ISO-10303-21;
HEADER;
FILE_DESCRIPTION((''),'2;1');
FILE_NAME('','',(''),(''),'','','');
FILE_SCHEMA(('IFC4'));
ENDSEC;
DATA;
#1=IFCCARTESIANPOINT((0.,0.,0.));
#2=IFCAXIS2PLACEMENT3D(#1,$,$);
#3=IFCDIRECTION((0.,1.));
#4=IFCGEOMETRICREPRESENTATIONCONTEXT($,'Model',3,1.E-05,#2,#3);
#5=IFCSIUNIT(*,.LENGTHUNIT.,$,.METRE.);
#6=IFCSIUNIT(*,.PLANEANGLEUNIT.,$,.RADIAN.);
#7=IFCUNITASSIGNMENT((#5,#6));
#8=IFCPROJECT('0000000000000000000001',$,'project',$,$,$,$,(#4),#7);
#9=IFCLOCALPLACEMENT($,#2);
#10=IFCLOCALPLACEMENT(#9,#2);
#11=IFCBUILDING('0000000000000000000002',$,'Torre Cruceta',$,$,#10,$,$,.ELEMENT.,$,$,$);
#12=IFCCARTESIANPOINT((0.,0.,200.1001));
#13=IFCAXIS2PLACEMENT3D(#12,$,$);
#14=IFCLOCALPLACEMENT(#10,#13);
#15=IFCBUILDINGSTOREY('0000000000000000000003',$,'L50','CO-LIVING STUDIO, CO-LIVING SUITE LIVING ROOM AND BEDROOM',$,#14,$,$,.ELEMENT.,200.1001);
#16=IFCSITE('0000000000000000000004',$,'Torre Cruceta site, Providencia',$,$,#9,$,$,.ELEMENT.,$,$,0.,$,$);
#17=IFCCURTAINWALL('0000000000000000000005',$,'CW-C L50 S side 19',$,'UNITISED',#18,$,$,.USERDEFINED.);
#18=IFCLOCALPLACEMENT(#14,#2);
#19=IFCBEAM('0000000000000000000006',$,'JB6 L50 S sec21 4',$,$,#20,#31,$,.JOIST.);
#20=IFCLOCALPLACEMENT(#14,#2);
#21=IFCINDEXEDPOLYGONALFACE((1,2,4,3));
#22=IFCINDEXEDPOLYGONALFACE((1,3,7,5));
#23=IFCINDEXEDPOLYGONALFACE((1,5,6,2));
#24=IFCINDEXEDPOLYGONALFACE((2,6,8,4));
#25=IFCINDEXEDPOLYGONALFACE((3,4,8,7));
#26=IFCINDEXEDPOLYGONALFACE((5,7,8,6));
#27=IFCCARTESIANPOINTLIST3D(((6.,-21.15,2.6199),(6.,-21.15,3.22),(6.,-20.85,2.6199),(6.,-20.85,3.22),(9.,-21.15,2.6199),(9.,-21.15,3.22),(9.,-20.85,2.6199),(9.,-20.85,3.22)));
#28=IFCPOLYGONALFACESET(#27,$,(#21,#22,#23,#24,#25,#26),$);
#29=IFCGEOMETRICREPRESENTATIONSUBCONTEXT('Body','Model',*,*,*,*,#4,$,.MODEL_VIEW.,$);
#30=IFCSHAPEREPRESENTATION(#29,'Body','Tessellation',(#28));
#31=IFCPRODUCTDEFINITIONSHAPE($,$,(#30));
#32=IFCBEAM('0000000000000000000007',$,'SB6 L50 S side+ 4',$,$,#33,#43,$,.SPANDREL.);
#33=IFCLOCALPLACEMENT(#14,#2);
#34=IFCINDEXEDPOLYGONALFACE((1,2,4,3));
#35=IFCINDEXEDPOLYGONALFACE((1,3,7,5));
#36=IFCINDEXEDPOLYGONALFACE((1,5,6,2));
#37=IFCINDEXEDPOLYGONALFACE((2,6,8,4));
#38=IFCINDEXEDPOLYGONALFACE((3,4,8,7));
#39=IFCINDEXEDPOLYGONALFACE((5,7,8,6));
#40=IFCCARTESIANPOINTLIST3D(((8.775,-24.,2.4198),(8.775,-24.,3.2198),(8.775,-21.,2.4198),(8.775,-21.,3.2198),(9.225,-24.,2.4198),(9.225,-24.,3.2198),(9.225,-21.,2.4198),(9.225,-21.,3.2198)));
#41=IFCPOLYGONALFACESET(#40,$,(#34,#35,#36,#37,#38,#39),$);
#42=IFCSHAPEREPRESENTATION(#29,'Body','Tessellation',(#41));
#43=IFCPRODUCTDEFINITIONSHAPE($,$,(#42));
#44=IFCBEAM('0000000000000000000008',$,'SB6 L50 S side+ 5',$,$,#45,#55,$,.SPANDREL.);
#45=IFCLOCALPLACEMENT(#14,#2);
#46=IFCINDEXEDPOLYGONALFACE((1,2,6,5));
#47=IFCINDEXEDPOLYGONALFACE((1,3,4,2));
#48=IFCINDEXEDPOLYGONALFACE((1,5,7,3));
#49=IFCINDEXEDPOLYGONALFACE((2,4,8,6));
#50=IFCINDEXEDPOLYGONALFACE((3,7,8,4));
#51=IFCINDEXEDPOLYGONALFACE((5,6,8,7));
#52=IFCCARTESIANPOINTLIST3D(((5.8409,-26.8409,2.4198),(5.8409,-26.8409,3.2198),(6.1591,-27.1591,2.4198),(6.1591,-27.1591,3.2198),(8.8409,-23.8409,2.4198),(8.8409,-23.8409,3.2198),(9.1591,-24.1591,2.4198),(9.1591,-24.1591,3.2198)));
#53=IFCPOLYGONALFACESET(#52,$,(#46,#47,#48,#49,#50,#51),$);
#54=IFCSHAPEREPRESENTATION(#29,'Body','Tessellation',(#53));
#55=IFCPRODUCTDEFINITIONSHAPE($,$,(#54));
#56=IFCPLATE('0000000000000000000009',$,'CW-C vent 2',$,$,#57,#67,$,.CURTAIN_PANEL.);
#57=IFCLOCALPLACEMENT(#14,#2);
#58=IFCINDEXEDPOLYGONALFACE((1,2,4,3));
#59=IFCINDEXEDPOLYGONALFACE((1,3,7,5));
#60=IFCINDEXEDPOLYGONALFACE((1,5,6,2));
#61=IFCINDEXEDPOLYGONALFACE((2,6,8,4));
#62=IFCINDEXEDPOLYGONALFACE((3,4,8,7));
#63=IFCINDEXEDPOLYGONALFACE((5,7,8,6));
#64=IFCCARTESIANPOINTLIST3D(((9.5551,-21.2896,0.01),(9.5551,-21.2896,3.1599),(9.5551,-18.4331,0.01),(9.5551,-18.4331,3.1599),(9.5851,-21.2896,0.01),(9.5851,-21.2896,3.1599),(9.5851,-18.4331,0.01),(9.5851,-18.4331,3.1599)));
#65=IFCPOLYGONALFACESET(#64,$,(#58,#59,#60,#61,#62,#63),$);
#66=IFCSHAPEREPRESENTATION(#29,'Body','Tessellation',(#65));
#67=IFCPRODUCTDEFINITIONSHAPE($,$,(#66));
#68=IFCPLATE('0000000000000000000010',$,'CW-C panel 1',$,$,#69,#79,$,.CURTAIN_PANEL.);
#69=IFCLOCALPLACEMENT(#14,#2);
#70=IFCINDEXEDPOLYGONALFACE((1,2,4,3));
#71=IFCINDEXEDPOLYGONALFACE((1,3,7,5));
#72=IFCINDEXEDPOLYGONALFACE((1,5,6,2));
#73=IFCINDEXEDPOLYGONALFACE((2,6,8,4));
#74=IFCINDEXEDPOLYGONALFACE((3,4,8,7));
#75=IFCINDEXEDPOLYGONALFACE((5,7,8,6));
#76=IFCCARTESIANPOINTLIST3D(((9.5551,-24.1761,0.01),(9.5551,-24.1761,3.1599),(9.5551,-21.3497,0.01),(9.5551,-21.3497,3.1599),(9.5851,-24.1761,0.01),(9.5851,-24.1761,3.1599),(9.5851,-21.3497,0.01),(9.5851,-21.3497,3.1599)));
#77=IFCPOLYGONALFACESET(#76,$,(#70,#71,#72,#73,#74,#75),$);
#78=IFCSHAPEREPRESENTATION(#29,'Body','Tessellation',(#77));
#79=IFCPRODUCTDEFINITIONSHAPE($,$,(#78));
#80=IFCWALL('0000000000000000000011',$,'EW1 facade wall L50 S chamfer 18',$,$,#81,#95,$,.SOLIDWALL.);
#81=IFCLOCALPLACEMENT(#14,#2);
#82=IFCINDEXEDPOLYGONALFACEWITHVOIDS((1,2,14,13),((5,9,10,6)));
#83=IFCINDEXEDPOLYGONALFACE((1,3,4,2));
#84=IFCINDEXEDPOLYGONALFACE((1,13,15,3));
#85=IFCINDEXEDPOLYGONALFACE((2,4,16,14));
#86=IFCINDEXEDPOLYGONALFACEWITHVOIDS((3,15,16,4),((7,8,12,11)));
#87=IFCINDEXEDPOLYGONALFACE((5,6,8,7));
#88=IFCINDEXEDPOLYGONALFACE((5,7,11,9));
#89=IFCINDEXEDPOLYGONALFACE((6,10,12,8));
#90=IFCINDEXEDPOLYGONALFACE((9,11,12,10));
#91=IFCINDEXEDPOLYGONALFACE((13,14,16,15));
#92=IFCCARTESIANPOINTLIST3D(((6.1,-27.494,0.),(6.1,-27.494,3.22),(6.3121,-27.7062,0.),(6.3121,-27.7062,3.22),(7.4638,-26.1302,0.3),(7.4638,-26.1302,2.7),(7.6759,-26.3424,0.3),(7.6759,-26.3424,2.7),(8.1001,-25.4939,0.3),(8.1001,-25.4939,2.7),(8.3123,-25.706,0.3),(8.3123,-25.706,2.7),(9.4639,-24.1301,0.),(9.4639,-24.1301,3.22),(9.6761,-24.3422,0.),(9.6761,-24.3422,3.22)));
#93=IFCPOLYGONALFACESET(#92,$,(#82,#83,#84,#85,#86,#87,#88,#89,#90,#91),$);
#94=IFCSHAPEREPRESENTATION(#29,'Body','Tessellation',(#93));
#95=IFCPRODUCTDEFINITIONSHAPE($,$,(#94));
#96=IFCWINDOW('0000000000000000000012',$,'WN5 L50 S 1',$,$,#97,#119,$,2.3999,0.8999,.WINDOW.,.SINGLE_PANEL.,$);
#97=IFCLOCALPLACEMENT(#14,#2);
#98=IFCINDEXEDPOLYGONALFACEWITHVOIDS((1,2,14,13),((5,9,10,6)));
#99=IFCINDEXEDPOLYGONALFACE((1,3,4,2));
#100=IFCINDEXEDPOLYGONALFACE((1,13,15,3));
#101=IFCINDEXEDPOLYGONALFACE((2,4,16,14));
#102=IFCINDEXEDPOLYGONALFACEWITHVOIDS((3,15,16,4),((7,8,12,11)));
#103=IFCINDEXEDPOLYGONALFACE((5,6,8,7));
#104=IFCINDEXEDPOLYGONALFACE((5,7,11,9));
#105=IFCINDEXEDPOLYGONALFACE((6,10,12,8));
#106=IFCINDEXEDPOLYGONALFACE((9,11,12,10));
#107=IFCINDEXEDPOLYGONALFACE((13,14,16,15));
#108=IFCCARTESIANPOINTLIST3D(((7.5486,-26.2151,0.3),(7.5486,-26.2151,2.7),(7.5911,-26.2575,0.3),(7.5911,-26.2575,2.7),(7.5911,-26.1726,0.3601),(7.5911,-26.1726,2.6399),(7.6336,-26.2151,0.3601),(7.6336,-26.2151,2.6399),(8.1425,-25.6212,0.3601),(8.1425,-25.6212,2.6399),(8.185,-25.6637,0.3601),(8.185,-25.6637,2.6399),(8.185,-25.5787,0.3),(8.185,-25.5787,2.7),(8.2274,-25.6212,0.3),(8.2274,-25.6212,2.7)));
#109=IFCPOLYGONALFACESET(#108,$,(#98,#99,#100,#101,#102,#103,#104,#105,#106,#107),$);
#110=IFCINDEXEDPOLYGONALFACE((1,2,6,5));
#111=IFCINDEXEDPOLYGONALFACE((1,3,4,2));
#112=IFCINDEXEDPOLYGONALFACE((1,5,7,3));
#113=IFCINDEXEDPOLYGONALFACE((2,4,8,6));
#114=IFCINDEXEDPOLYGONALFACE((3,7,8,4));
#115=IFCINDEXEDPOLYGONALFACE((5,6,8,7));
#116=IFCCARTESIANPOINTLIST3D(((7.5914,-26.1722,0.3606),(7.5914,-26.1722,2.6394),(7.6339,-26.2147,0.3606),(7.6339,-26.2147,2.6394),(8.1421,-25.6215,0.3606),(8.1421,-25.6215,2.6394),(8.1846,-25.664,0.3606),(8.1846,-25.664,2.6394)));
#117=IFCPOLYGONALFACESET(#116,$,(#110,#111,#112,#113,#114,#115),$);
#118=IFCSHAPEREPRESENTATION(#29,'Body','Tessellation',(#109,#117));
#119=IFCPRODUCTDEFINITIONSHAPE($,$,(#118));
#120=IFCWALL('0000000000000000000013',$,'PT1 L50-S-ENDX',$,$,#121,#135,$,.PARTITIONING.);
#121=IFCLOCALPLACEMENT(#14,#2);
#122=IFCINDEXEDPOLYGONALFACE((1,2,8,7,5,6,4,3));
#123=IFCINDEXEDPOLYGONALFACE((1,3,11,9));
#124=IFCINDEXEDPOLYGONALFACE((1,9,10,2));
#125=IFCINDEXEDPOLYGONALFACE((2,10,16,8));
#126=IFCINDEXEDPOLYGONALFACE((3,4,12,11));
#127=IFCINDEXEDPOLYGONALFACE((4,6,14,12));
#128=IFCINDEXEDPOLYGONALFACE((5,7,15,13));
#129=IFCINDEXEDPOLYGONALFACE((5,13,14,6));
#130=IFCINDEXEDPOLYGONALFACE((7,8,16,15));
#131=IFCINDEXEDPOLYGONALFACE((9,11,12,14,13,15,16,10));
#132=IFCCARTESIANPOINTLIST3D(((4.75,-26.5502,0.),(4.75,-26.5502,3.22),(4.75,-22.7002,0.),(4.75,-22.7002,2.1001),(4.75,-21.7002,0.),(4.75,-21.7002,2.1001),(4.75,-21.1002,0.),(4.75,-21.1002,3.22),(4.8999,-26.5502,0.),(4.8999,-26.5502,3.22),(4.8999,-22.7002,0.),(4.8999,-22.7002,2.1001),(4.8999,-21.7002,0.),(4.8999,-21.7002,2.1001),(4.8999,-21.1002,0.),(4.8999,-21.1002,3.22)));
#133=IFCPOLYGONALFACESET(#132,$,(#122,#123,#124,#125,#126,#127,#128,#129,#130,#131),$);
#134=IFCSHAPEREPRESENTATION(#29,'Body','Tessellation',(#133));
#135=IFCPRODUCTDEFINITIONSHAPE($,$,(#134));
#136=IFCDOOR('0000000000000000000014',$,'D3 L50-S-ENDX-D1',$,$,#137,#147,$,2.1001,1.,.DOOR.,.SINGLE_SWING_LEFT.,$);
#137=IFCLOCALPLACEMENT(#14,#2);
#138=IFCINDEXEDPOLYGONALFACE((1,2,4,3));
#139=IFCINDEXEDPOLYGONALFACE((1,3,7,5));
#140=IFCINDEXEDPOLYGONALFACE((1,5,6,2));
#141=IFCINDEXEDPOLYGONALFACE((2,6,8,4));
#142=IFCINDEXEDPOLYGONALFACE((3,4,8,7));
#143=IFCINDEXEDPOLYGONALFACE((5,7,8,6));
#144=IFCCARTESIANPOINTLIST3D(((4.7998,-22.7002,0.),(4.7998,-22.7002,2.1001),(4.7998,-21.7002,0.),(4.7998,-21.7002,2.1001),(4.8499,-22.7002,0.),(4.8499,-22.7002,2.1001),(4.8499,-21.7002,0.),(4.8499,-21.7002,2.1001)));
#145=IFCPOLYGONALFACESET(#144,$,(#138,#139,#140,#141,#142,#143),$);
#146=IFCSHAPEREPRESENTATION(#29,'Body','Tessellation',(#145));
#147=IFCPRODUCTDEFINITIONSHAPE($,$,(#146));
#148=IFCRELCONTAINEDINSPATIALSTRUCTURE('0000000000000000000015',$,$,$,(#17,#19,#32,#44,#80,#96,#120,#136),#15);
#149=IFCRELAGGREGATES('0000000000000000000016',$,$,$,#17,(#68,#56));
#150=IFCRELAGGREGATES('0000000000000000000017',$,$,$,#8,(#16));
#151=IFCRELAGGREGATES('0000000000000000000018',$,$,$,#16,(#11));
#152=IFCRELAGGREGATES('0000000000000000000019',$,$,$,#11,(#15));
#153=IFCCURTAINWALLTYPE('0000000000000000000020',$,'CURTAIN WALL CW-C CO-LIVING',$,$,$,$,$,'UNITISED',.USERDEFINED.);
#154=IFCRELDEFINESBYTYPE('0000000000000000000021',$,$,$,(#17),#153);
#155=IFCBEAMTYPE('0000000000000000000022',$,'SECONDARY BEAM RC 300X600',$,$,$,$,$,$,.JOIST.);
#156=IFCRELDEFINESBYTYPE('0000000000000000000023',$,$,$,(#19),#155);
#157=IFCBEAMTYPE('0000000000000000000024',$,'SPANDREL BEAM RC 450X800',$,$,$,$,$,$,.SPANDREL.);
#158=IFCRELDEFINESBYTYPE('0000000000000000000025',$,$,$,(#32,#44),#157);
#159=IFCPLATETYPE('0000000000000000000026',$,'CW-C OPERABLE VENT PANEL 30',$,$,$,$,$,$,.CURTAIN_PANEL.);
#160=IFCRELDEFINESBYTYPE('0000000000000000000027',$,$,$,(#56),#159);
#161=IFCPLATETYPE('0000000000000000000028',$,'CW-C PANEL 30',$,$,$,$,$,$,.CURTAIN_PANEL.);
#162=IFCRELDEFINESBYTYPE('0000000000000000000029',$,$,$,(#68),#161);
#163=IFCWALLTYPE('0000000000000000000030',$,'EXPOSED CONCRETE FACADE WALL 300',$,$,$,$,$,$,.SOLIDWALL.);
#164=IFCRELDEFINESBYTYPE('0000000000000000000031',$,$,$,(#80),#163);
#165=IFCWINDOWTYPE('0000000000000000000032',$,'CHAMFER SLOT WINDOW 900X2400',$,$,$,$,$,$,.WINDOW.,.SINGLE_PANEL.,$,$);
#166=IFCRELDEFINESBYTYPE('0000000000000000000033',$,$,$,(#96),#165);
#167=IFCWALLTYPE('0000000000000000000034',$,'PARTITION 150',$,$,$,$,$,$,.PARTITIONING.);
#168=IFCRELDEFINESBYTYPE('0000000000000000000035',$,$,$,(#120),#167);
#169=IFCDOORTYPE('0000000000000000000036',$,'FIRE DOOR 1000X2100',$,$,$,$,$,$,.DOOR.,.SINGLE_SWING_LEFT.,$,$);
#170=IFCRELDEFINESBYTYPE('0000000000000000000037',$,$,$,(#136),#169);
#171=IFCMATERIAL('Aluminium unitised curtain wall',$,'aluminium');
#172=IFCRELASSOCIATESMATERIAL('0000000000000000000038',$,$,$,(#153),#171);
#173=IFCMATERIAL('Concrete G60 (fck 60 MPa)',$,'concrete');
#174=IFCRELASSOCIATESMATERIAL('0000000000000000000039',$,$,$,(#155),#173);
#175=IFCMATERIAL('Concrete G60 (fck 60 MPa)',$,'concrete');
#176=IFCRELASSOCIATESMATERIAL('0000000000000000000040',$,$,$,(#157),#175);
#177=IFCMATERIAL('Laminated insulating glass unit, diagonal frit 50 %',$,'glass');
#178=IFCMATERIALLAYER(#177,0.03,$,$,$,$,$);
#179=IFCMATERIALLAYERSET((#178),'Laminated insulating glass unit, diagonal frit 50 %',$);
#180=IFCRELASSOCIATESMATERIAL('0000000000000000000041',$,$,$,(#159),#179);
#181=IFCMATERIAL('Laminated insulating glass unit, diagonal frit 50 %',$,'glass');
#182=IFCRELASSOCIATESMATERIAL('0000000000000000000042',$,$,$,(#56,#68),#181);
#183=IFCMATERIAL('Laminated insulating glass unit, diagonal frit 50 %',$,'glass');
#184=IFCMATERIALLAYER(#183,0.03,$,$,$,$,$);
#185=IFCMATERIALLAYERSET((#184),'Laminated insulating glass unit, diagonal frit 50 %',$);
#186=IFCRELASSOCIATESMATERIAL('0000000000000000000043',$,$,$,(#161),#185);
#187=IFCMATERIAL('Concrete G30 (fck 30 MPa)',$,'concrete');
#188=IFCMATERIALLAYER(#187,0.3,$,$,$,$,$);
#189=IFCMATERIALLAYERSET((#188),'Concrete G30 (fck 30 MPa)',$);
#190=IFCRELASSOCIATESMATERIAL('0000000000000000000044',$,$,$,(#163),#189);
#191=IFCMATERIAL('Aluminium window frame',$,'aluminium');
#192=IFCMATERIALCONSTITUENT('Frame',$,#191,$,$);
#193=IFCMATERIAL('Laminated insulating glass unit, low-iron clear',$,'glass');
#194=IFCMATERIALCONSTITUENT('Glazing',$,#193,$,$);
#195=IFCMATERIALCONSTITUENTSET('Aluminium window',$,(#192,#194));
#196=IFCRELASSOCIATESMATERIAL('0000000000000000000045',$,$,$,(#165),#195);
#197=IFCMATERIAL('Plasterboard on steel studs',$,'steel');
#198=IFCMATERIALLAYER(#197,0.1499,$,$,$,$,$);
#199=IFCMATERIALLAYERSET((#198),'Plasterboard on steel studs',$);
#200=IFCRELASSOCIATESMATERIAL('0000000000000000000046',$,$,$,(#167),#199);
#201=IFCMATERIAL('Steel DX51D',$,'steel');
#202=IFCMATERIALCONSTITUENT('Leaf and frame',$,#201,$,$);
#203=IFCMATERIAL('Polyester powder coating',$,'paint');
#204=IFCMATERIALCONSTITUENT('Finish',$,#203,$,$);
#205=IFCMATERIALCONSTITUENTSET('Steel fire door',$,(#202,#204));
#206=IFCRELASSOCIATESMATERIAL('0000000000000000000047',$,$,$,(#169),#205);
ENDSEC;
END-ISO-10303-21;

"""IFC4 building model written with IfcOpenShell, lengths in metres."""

from ifc_helpers import new_model, si_unit, direction, frame, frame_2d, origin, origin_2d, place, context, subcontext, project, spatial, rectangle, hollow_rectangle, extrude, material, layer, layer_set, constituent, constituent_set, material_profile, profile_set, type_object, element, fill, aggregate, save


model = new_model("IFC4")

# Units and contexts
model_context = context("Model", 3, precision=1e-05, world=origin(), true_north=direction((0.0, 1.0)))
body_context = subcontext(model_context, "Body", "Model", "MODEL_VIEW")
ifc_project = project(units=[si_unit("LENGTHUNIT", "METRE"), si_unit("PLANEANGLEUNIT", "RADIAN")], contexts=[model_context])

# Site, building, storey
site_placement = place(None, origin())
site = spatial("IfcSite", under=ifc_project, at=site_placement, Name="Torre Cruceta site, Providencia", CompositionType="ELEMENT", RefElevation=0.0)
building_placement = place(site_placement, origin())
building = spatial("IfcBuilding", under=site, at=building_placement, Name="Torre Cruceta", CompositionType="ELEMENT")
storey_placement = place(building_placement, frame((0.0, 0.0, 200.1001)))
storey = spatial("IfcBuildingStorey", under=building, at=storey_placement, Name="L50", Description="CO-LIVING STUDIO, CO-LIVING SUITE LIVING ROOM AND BEDROOM", CompositionType="ELEMENT", Elevation=200.1001)

# Curtain wall
ifc_material_1 = material(Name="Aluminium unitised curtain wall", Category="aluminium")
curtain_wall_type = type_object("IfcCurtainWallType", Name="CURTAIN WALL CW-C CO-LIVING", ElementType="UNITISED", PredefinedType="USERDEFINED", material=ifc_material_1)
curtain_wall_placement = place(storey_placement, origin())
curtain_wall = element("IfcCurtainWall", 1, at=curtain_wall_placement, inside=storey, type_object=curtain_wall_type, Name="CW-C L50 S side 19", ObjectType="UNITISED", PredefinedType="USERDEFINED")

# Beams
ifc_material_2 = material(Name="Concrete G60 (fck 60 MPa)", Category="concrete")
ifc_material_profile_1 = material_profile(ifc_material_2, rectangle(XDim=0.3, YDim=0.6001, at=origin_2d()), Name="RC 300X600")
ifc_profile_set_1 = profile_set([ifc_material_profile_1], Name="Concrete G60 (fck 60 MPa)")
beam_type_1 = type_object("IfcBeamType", Name="SECONDARY BEAM RC 300X600", PredefinedType="JOIST", material=ifc_profile_set_1)
beam_1_placement = place(storey_placement, frame((6.0, -21.0, 2.9199), z_axis=(1.0, 0.0, 0.0), x_axis=(0.0, 1.0, 0.0)))
element("IfcBeam", 2, at=beam_1_placement, inside=storey, type_object=beam_type_1, Name="JB6 L50 S sec21 4", PredefinedType="JOIST", context=body_context, shape_type="SweptSolid", body=[
    extrude(rectangle(XDim=0.3, YDim=0.6001, at=origin_2d()), origin(), (0.0, 0.0, 1.0), 3.0),
])
ifc_material_3 = material(Name="Concrete G60 (fck 60 MPa)", Category="concrete")
ifc_material_profile_2 = material_profile(ifc_material_3, rectangle(XDim=0.45, YDim=0.8, at=origin_2d()), Name="RC 450X800")
ifc_profile_set_2 = profile_set([ifc_material_profile_2], Name="Concrete G60 (fck 60 MPa)")
beam_type_2 = type_object("IfcBeamType", Name="SPANDREL BEAM RC 450X800", PredefinedType="SPANDREL", material=ifc_profile_set_2)
beam_2_placement = place(storey_placement, frame((9.0, -21.0, 2.8198), z_axis=(0.0, -1.0, 0.0), x_axis=(1.0, 0.0, 0.0)))
element("IfcBeam", 3, at=beam_2_placement, inside=storey, type_object=beam_type_2, Name="SB6 L50 S side+ 4", PredefinedType="SPANDREL", context=body_context, shape_type="SweptSolid", body=[
    extrude(rectangle(XDim=0.45, YDim=0.8, at=origin_2d()), origin(), (0.0, 0.0, 1.0), 3.0),
])
beam_3_placement = place(storey_placement, frame((9.0, -24.0, 2.8198), z_axis=(-0.707107, -0.707107, 0.0), x_axis=(0.707107, -0.707107, 0.0)))
element("IfcBeam", 4, at=beam_3_placement, inside=storey, type_object=beam_type_2, Name="SB6 L50 S side+ 5", PredefinedType="SPANDREL", context=body_context, shape_type="SweptSolid", body=[
    extrude(rectangle(XDim=0.45, YDim=0.8, at=origin_2d()), origin(), (0.0, 0.0, 1.0), 4.2427),
])

# Plates
ifc_material_4 = material(Name="Laminated insulating glass unit, diagonal frit 50 %", Category="glass")
ifc_material_5 = material(Name="Laminated insulating glass unit, diagonal frit 50 %", Category="glass")
ifc_layer_1 = layer(ifc_material_5, 0.03)
ifc_layer_set_1 = layer_set([ifc_layer_1], Name="Laminated insulating glass unit, diagonal frit 50 %")
plate_type_1 = type_object("IfcPlateType", Name="CW-C OPERABLE VENT PANEL 30", PredefinedType="CURTAIN_PANEL", material=ifc_layer_set_1)
plate_1_placement = place(storey_placement, frame((9.5701, -19.8613, 0.01), z_axis=(0.0, 0.0, 1.0), x_axis=(0.0, 1.0, 0.0)))
plate_1 = element("IfcPlate", 5, at=plate_1_placement, type_object=plate_type_1, material=ifc_material_4, Name="CW-C vent 2", PredefinedType="CURTAIN_PANEL", context=body_context, shape_type="SweptSolid", body=[
    extrude(rectangle(XDim=2.8564, YDim=0.03, at=origin_2d()), origin(), (0.0, 0.0, 1.0), 3.1499),
])
ifc_material_6 = material(Name="Laminated insulating glass unit, diagonal frit 50 %", Category="glass")
ifc_layer_2 = layer(ifc_material_6, 0.03)
ifc_layer_set_2 = layer_set([ifc_layer_2], Name="Laminated insulating glass unit, diagonal frit 50 %")
plate_type_2 = type_object("IfcPlateType", Name="CW-C PANEL 30", PredefinedType="CURTAIN_PANEL", material=ifc_layer_set_2)
plate_2_placement = place(storey_placement, frame((9.5701, -22.7629, 0.01), z_axis=(0.0, 0.0, 1.0), x_axis=(0.0, 1.0, 0.0)))
plate_2 = element("IfcPlate", 6, at=plate_2_placement, type_object=plate_type_2, material=ifc_material_4, Name="CW-C panel 1", PredefinedType="CURTAIN_PANEL", context=body_context, shape_type="SweptSolid", body=[
    extrude(rectangle(XDim=2.8264, YDim=0.03, at=origin_2d()), origin(), (0.0, 0.0, 1.0), 3.1499),
])
aggregate(curtain_wall, [plate_2, plate_1])

# Wall, opening, window
ifc_material_7 = material(Name="Concrete G30 (fck 30 MPa)", Category="concrete")
ifc_layer_3 = layer(ifc_material_7, 0.3)
ifc_layer_set_3 = layer_set([ifc_layer_3], Name="Concrete G30 (fck 30 MPa)")
wall_type_1 = type_object("IfcWallType", Name="EXPOSED CONCRETE FACADE WALL 300", PredefinedType="SOLIDWALL", material=ifc_layer_set_3)
wall_1_placement = place(storey_placement, frame((6.2061, -27.6001, 0.0), z_axis=(0.0, 0.0, 1.0), x_axis=(0.707107, 0.707107, 0.0)))
wall_1 = element("IfcWall", 7, at=wall_1_placement, inside=storey, type_object=wall_type_1, Name="EW1 facade wall L50 S chamfer 18", PredefinedType="SOLIDWALL", context=body_context, shape_type="SweptSolid", body=[
    extrude(rectangle(XDim=4.7573, YDim=0.3, at=frame_2d((2.3787, 0.0))), origin(), (0.0, 0.0, 1.0), 3.22),
])
opening_1_placement = place(wall_1_placement, frame((1.9287, 0.0, 0.3)))
opening_1 = element("IfcOpeningElement", 8, at=opening_1_placement, cuts=wall_1, PredefinedType="OPENING", context=body_context, shape_type="SweptSolid", body=[
    extrude(rectangle(XDim=0.8999, YDim=2.3999, at=frame_2d((0.45, 1.2))), frame((0.0, 0.1599, 0.0), z_axis=(0.0, -1.0, 0.0), x_axis=(1.0, 0.0, 0.0)), (0.0, 0.0, 1.0), 0.3201),
])
ifc_material_8 = material(Name="Aluminium window frame", Category="aluminium")
ifc_constituent_1 = constituent(ifc_material_8, Name="Frame")
ifc_material_9 = material(Name="Laminated insulating glass unit, low-iron clear", Category="glass")
ifc_constituent_2 = constituent(ifc_material_9, Name="Glazing")
ifc_constituent_set_1 = constituent_set(constituents=[ifc_constituent_1, ifc_constituent_2], Name="Aluminium window")
window_type = type_object("IfcWindowType", Name="CHAMFER SLOT WINDOW 900X2400", PartitioningType="SINGLE_PANEL", PredefinedType="WINDOW", material=ifc_constituent_set_1)
window_placement = place(opening_1_placement, origin())
window = element("IfcWindow", 9, at=window_placement, inside=storey, type_object=window_type, Name="WN5 L50 S 1", OverallHeight=2.3999, OverallWidth=0.8999, PartitioningType="SINGLE_PANEL", PredefinedType="WINDOW", context=body_context, shape_type="SweptSolid", body=[
    extrude(hollow_rectangle(XDim=0.8999, YDim=2.3999, WallThickness=0.0601, at=frame_2d((0.45, 1.2))), frame((0.0, 0.03, 0.0), z_axis=(0.0, -1.0, 0.0), x_axis=(1.0, 0.0, 0.0)), (0.0, 0.0, 1.0), 0.0601),
    extrude(rectangle(XDim=0.7788, YDim=2.2788, at=frame_2d((0.45, 1.2))), frame((0.0, 0.03, 0.0), z_axis=(0.0, -1.0, 0.0), x_axis=(1.0, 0.0, 0.0)), (0.0, 0.0, 1.0), 0.0601),
])
fill(opening_1, window)

# Wall, opening, door
ifc_material_10 = material(Name="Plasterboard on steel studs", Category="steel")
ifc_layer_4 = layer(ifc_material_10, 0.1499)
ifc_layer_set_4 = layer_set([ifc_layer_4], Name="Plasterboard on steel studs")
wall_type_2 = type_object("IfcWallType", Name="PARTITION 150", PredefinedType="PARTITIONING", material=ifc_layer_set_4)
wall_2_placement = place(storey_placement, frame((4.825, -21.1001, 0.0), z_axis=(0.0, 0.0, 1.0), x_axis=(0.0, -1.0, 0.0)))
wall_2 = element("IfcWall", 10, at=wall_2_placement, inside=storey, type_object=wall_type_2, Name="PT1 L50-S-ENDX", PredefinedType="PARTITIONING", context=body_context, shape_type="SweptSolid", body=[
    extrude(rectangle(XDim=5.45, YDim=0.1499, at=frame_2d((2.7251, 0.0))), origin(), (0.0, 0.0, 1.0), 3.22),
])
opening_2_placement = place(wall_2_placement, frame((0.6001, 0.0, 0.0)))
opening_2 = element("IfcOpeningElement", 11, at=opening_2_placement, cuts=wall_2, PredefinedType="OPENING", context=body_context, shape_type="SweptSolid", body=[
    extrude(rectangle(XDim=1.0, YDim=2.1001, at=frame_2d((0.5, 1.05))), frame((0.0, 0.085, 0.0), z_axis=(0.0, -1.0, 0.0), x_axis=(1.0, 0.0, 0.0)), (0.0, 0.0, 1.0), 0.1699),
])
ifc_material_11 = material(Name="Steel DX51D", Category="steel")
ifc_constituent_3 = constituent(ifc_material_11, Name="Leaf and frame")
ifc_material_12 = material(Name="Polyester powder coating", Category="paint")
ifc_constituent_4 = constituent(ifc_material_12, Name="Finish")
ifc_constituent_set_2 = constituent_set(constituents=[ifc_constituent_3, ifc_constituent_4], Name="Steel fire door")
door_type_1 = type_object("IfcDoorType", Name="FIRE DOOR 1000X2100", OperationType="SINGLE_SWING_LEFT", PredefinedType="DOOR", material=ifc_constituent_set_2)
door_1_placement = place(opening_2_placement, origin())
door_1 = element("IfcDoor", 12, at=door_1_placement, inside=storey, type_object=door_type_1, Name="D3 L50-S-ENDX-D1", OperationType="SINGLE_SWING_LEFT", OverallHeight=2.1001, OverallWidth=1.0, PredefinedType="DOOR", context=body_context, shape_type="SweptSolid", body=[
    extrude(rectangle(XDim=1.0, YDim=2.1001, at=frame_2d((0.5, 1.05))), frame((0.0, 0.0249, 0.0), z_axis=(0.0, -1.0, 0.0), x_axis=(1.0, 0.0, 0.0)), (0.0, 0.0, 1.0), 0.05),
])
fill(opening_2, door_1)

save(model, "model.ifc")
